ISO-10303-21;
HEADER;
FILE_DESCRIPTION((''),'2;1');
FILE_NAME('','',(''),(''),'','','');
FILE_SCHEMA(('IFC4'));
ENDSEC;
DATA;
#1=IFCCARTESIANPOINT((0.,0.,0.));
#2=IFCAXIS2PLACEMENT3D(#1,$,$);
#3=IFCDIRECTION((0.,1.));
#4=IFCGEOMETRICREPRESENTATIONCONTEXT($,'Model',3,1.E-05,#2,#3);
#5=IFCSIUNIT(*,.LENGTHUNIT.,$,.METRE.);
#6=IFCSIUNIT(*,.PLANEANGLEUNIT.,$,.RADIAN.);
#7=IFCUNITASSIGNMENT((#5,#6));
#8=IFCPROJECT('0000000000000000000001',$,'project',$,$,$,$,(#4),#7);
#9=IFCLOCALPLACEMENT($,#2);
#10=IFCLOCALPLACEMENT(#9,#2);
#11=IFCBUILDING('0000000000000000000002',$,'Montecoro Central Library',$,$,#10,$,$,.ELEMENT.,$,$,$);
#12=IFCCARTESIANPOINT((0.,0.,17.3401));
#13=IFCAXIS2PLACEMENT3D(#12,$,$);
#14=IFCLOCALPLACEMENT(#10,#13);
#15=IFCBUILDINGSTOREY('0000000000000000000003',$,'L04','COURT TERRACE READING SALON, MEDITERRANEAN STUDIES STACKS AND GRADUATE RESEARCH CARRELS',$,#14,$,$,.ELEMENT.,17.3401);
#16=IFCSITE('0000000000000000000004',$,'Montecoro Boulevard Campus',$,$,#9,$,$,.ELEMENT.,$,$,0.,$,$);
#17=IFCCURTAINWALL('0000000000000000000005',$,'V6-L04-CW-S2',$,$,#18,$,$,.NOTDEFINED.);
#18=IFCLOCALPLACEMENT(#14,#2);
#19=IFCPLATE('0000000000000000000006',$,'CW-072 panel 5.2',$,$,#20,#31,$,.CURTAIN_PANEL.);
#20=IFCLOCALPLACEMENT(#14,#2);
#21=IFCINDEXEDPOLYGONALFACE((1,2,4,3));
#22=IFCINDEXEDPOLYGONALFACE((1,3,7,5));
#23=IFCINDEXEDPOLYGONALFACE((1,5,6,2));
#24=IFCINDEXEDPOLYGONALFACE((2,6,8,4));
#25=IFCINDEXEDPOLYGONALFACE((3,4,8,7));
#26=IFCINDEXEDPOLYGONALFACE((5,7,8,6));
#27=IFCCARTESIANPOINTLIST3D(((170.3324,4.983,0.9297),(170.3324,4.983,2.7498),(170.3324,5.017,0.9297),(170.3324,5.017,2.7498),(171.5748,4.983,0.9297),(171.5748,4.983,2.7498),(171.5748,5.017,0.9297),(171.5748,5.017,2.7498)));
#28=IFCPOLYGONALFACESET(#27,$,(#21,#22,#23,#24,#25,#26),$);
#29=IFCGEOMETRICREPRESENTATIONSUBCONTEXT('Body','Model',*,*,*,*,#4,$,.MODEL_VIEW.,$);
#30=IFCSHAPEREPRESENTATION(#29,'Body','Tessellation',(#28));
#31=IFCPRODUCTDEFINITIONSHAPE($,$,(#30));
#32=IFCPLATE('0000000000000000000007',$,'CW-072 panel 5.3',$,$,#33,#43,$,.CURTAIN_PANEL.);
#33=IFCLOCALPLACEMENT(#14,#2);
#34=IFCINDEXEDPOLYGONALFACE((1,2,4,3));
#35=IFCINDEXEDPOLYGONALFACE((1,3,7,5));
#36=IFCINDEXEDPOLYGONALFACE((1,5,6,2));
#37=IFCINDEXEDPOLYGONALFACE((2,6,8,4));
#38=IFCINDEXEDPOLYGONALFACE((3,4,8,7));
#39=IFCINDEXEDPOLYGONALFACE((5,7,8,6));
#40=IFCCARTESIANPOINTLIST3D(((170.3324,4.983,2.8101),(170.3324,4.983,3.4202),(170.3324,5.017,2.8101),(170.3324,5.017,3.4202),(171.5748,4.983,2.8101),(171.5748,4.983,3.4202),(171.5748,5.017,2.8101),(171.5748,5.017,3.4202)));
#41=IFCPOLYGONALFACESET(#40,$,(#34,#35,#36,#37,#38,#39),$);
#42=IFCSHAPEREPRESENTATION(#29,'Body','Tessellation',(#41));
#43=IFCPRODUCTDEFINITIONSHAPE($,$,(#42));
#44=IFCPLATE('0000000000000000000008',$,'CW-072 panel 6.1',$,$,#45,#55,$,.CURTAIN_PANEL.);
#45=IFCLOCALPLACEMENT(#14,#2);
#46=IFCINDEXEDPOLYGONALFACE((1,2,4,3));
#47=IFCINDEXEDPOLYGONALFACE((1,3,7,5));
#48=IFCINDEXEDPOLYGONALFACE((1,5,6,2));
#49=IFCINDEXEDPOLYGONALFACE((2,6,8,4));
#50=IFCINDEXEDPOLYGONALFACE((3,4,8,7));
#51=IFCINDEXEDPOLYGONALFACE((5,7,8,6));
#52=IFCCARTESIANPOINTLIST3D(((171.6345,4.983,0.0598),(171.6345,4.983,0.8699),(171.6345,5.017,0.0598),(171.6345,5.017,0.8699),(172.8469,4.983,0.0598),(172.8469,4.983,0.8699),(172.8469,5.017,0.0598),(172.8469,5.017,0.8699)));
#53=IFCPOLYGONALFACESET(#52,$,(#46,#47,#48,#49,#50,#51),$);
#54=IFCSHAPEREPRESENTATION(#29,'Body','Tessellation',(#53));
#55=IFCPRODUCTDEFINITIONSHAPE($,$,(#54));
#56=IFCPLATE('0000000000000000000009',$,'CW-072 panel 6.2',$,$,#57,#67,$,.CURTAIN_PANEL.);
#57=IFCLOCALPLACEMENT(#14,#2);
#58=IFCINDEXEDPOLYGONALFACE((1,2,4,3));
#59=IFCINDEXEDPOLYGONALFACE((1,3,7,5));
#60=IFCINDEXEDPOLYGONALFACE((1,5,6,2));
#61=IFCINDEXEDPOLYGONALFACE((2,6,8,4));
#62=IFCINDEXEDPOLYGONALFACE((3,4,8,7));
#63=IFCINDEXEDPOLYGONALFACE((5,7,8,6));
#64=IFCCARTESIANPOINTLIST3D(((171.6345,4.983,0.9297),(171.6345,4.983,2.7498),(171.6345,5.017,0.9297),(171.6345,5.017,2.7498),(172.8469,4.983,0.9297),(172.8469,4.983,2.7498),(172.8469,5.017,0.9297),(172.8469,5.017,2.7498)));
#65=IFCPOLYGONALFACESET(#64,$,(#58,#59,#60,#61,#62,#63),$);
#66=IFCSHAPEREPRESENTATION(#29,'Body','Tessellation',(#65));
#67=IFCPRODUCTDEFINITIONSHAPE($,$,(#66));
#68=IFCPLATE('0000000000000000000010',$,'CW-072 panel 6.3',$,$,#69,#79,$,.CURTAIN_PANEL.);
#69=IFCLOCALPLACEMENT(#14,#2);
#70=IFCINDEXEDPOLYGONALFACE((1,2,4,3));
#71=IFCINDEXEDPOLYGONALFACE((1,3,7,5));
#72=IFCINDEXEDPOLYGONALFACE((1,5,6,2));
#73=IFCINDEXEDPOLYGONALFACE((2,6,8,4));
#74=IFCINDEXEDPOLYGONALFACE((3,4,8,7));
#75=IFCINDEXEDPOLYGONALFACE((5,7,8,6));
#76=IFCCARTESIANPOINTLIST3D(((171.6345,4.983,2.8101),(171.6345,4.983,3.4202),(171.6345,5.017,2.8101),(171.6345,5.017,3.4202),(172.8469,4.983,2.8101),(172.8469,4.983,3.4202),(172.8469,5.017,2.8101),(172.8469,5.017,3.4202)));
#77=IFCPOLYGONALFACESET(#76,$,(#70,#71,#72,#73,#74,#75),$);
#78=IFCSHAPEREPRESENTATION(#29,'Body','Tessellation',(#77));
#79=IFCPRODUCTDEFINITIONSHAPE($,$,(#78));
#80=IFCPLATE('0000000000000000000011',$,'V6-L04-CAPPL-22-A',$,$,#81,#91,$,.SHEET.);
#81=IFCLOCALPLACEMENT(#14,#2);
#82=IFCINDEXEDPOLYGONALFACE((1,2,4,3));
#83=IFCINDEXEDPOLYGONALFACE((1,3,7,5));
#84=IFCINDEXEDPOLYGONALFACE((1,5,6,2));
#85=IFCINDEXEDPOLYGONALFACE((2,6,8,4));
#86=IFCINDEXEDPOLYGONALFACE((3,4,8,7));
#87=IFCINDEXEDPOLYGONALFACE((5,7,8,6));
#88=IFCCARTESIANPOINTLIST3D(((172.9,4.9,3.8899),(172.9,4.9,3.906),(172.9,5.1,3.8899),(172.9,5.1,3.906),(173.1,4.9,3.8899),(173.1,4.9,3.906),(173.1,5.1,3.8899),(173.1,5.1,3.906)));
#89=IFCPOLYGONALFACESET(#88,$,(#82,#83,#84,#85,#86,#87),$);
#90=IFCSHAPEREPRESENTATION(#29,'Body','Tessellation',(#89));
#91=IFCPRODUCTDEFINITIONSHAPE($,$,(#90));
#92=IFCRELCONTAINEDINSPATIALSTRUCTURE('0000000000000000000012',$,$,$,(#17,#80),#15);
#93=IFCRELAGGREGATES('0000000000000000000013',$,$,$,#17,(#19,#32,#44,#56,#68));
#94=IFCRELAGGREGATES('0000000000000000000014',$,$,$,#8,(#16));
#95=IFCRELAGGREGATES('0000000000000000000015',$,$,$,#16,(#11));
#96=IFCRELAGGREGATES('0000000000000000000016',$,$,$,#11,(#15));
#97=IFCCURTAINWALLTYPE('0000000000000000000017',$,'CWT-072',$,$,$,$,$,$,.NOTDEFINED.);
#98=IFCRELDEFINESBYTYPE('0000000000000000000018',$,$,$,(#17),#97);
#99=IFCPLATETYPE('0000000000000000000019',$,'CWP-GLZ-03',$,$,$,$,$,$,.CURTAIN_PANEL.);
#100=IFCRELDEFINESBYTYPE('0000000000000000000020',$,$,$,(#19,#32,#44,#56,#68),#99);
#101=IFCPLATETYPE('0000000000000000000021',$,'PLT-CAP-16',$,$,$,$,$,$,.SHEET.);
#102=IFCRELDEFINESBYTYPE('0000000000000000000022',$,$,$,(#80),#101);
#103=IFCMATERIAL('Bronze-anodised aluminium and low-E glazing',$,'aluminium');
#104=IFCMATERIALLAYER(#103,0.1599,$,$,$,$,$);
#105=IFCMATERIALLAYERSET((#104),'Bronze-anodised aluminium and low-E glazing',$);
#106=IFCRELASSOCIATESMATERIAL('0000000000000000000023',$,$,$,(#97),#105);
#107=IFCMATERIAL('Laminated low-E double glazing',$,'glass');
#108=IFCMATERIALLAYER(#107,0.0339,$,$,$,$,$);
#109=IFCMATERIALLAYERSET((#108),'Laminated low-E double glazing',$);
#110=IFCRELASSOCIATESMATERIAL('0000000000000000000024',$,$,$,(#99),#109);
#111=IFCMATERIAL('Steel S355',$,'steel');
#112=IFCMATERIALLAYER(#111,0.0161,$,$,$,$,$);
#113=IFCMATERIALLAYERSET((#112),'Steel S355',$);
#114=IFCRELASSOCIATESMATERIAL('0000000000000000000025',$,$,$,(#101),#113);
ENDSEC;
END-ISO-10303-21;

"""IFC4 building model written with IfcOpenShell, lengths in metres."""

from ifc_helpers import new_model, si_unit, direction, frame, origin, origin_2d, place, context, subcontext, project, spatial, rectangle, extrude, material, layer, layer_set, type_object, element, aggregate, save


model = new_model("IFC4")

# Units and contexts
model_context = context("Model", 3, precision=1e-05, world=origin(), true_north=direction((0.0, 1.0)))
body_context = subcontext(model_context, "Body", "Model", "MODEL_VIEW")
ifc_project = project(units=[si_unit("LENGTHUNIT", "METRE"), si_unit("PLANEANGLEUNIT", "RADIAN")], contexts=[model_context])

# Site, building, storey
site_placement = place(None, origin())
site = spatial("IfcSite", under=ifc_project, at=site_placement, Name="Montecoro Boulevard Campus", CompositionType="ELEMENT", RefElevation=0.0)
building_placement = place(site_placement, origin())
building = spatial("IfcBuilding", under=site, at=building_placement, Name="Montecoro Central Library", CompositionType="ELEMENT")
storey_placement = place(building_placement, frame((0.0, 0.0, 17.3401)))
storey = spatial("IfcBuildingStorey", under=building, at=storey_placement, Name="L04", Description="COURT TERRACE READING SALON, MEDITERRANEAN STUDIES STACKS AND GRADUATE RESEARCH CARRELS", CompositionType="ELEMENT", Elevation=17.3401)

# Shared definitions
ifc_material_1 = material(Name="Steel S355", Category="steel")

# Curtain wall
ifc_material_2 = material(Name="Bronze-anodised aluminium and low-E glazing", Category="aluminium")
ifc_layer_1 = layer(ifc_material_2, 0.1599)
ifc_layer_set_1 = layer_set([ifc_layer_1], Name="Bronze-anodised aluminium and low-E glazing")
curtain_wall_type_1 = type_object("IfcCurtainWallType", Name="CWT-072", PredefinedType="NOTDEFINED", material=ifc_layer_set_1)
curtain_wall_1_placement = place(storey_placement, origin())
curtain_wall_1 = element("IfcCurtainWall", 1, at=curtain_wall_1_placement, inside=storey, type_object=curtain_wall_type_1, Name="V6-L04-CW-S2", PredefinedType="NOTDEFINED")

# Plates
ifc_material_3 = material(Name="Laminated low-E double glazing", Category="glass")
ifc_layer_2 = layer(ifc_material_3, 0.0339)
ifc_layer_set_2 = layer_set([ifc_layer_2], Name="Laminated low-E double glazing")
plate_type_1 = type_object("IfcPlateType", Name="CWP-GLZ-03", PredefinedType="CURTAIN_PANEL", material=ifc_layer_set_2)
plate_1_placement = place(storey_placement, frame((170.9536, 5.0, 0.9297), z_axis=(0.0, 0.0, 1.0), x_axis=(1.0, 0.0, 0.0)))
plate_1 = element("IfcPlate", 2, at=plate_1_placement, type_object=plate_type_1, Name="CW-072 panel 5.2", PredefinedType="CURTAIN_PANEL", context=body_context, shape_type="SweptSolid", body=[
    extrude(rectangle(XDim=1.2424, YDim=0.0339, at=origin_2d()), origin(), (0.0, 0.0, 1.0), 1.8201),
])
plate_2_placement = place(storey_placement, frame((170.9536, 5.0, 2.8101), z_axis=(0.0, 0.0, 1.0), x_axis=(1.0, 0.0, 0.0)))
plate_2 = element("IfcPlate", 3, at=plate_2_placement, type_object=plate_type_1, Name="CW-072 panel 5.3", PredefinedType="CURTAIN_PANEL", context=body_context, shape_type="SweptSolid", body=[
    extrude(rectangle(XDim=1.2424, YDim=0.0339, at=origin_2d()), origin(), (0.0, 0.0, 1.0), 0.6101),
])
plate_3_placement = place(storey_placement, frame((172.2407, 5.0, 0.0598), z_axis=(0.0, 0.0, 1.0), x_axis=(1.0, 0.0, 0.0)))
plate_3 = element("IfcPlate", 4, at=plate_3_placement, type_object=plate_type_1, Name="CW-072 panel 6.1", PredefinedType="CURTAIN_PANEL", context=body_context, shape_type="SweptSolid", body=[
    extrude(rectangle(XDim=1.2124, YDim=0.0339, at=origin_2d()), origin(), (0.0, 0.0, 1.0), 0.8101),
])
plate_4_placement = place(storey_placement, frame((172.2407, 5.0, 0.9297), z_axis=(0.0, 0.0, 1.0), x_axis=(1.0, 0.0, 0.0)))
plate_4 = element("IfcPlate", 5, at=plate_4_placement, type_object=plate_type_1, Name="CW-072 panel 6.2", PredefinedType="CURTAIN_PANEL", context=body_context, shape_type="SweptSolid", body=[
    extrude(rectangle(XDim=1.2124, YDim=0.0339, at=origin_2d()), origin(), (0.0, 0.0, 1.0), 1.8201),
])
plate_5_placement = place(storey_placement, frame((172.2407, 5.0, 2.8101), z_axis=(0.0, 0.0, 1.0), x_axis=(1.0, 0.0, 0.0)))
plate_5 = element("IfcPlate", 6, at=plate_5_placement, type_object=plate_type_1, Name="CW-072 panel 6.3", PredefinedType="CURTAIN_PANEL", context=body_context, shape_type="SweptSolid", body=[
    extrude(rectangle(XDim=1.2124, YDim=0.0339, at=origin_2d()), origin(), (0.0, 0.0, 1.0), 0.6101),
])
aggregate(curtain_wall_1, [plate_1, plate_2, plate_3, plate_4, plate_5])
ifc_layer_3 = layer(ifc_material_1, 0.0161)
ifc_layer_set_3 = layer_set([ifc_layer_3], Name="Steel S355")
plate_type_2 = type_object("IfcPlateType", Name="PLT-CAP-16", PredefinedType="SHEET", material=ifc_layer_set_3)
plate_6_placement = place(storey_placement, frame((173.0, 5.0, 3.8899), z_axis=(0.0, 0.0, 1.0), x_axis=(1.0, 0.0, 0.0)))
element("IfcPlate", 7, at=plate_6_placement, inside=storey, type_object=plate_type_2, Name="V6-L04-CAPPL-22-A", PredefinedType="SHEET", context=body_context, shape_type="SweptSolid", body=[
    extrude(rectangle(XDim=0.2, YDim=0.2, at=origin_2d()), origin(), (0.0, 0.0, 1.0), 0.0161),
])

save(model, "model.ifc")
